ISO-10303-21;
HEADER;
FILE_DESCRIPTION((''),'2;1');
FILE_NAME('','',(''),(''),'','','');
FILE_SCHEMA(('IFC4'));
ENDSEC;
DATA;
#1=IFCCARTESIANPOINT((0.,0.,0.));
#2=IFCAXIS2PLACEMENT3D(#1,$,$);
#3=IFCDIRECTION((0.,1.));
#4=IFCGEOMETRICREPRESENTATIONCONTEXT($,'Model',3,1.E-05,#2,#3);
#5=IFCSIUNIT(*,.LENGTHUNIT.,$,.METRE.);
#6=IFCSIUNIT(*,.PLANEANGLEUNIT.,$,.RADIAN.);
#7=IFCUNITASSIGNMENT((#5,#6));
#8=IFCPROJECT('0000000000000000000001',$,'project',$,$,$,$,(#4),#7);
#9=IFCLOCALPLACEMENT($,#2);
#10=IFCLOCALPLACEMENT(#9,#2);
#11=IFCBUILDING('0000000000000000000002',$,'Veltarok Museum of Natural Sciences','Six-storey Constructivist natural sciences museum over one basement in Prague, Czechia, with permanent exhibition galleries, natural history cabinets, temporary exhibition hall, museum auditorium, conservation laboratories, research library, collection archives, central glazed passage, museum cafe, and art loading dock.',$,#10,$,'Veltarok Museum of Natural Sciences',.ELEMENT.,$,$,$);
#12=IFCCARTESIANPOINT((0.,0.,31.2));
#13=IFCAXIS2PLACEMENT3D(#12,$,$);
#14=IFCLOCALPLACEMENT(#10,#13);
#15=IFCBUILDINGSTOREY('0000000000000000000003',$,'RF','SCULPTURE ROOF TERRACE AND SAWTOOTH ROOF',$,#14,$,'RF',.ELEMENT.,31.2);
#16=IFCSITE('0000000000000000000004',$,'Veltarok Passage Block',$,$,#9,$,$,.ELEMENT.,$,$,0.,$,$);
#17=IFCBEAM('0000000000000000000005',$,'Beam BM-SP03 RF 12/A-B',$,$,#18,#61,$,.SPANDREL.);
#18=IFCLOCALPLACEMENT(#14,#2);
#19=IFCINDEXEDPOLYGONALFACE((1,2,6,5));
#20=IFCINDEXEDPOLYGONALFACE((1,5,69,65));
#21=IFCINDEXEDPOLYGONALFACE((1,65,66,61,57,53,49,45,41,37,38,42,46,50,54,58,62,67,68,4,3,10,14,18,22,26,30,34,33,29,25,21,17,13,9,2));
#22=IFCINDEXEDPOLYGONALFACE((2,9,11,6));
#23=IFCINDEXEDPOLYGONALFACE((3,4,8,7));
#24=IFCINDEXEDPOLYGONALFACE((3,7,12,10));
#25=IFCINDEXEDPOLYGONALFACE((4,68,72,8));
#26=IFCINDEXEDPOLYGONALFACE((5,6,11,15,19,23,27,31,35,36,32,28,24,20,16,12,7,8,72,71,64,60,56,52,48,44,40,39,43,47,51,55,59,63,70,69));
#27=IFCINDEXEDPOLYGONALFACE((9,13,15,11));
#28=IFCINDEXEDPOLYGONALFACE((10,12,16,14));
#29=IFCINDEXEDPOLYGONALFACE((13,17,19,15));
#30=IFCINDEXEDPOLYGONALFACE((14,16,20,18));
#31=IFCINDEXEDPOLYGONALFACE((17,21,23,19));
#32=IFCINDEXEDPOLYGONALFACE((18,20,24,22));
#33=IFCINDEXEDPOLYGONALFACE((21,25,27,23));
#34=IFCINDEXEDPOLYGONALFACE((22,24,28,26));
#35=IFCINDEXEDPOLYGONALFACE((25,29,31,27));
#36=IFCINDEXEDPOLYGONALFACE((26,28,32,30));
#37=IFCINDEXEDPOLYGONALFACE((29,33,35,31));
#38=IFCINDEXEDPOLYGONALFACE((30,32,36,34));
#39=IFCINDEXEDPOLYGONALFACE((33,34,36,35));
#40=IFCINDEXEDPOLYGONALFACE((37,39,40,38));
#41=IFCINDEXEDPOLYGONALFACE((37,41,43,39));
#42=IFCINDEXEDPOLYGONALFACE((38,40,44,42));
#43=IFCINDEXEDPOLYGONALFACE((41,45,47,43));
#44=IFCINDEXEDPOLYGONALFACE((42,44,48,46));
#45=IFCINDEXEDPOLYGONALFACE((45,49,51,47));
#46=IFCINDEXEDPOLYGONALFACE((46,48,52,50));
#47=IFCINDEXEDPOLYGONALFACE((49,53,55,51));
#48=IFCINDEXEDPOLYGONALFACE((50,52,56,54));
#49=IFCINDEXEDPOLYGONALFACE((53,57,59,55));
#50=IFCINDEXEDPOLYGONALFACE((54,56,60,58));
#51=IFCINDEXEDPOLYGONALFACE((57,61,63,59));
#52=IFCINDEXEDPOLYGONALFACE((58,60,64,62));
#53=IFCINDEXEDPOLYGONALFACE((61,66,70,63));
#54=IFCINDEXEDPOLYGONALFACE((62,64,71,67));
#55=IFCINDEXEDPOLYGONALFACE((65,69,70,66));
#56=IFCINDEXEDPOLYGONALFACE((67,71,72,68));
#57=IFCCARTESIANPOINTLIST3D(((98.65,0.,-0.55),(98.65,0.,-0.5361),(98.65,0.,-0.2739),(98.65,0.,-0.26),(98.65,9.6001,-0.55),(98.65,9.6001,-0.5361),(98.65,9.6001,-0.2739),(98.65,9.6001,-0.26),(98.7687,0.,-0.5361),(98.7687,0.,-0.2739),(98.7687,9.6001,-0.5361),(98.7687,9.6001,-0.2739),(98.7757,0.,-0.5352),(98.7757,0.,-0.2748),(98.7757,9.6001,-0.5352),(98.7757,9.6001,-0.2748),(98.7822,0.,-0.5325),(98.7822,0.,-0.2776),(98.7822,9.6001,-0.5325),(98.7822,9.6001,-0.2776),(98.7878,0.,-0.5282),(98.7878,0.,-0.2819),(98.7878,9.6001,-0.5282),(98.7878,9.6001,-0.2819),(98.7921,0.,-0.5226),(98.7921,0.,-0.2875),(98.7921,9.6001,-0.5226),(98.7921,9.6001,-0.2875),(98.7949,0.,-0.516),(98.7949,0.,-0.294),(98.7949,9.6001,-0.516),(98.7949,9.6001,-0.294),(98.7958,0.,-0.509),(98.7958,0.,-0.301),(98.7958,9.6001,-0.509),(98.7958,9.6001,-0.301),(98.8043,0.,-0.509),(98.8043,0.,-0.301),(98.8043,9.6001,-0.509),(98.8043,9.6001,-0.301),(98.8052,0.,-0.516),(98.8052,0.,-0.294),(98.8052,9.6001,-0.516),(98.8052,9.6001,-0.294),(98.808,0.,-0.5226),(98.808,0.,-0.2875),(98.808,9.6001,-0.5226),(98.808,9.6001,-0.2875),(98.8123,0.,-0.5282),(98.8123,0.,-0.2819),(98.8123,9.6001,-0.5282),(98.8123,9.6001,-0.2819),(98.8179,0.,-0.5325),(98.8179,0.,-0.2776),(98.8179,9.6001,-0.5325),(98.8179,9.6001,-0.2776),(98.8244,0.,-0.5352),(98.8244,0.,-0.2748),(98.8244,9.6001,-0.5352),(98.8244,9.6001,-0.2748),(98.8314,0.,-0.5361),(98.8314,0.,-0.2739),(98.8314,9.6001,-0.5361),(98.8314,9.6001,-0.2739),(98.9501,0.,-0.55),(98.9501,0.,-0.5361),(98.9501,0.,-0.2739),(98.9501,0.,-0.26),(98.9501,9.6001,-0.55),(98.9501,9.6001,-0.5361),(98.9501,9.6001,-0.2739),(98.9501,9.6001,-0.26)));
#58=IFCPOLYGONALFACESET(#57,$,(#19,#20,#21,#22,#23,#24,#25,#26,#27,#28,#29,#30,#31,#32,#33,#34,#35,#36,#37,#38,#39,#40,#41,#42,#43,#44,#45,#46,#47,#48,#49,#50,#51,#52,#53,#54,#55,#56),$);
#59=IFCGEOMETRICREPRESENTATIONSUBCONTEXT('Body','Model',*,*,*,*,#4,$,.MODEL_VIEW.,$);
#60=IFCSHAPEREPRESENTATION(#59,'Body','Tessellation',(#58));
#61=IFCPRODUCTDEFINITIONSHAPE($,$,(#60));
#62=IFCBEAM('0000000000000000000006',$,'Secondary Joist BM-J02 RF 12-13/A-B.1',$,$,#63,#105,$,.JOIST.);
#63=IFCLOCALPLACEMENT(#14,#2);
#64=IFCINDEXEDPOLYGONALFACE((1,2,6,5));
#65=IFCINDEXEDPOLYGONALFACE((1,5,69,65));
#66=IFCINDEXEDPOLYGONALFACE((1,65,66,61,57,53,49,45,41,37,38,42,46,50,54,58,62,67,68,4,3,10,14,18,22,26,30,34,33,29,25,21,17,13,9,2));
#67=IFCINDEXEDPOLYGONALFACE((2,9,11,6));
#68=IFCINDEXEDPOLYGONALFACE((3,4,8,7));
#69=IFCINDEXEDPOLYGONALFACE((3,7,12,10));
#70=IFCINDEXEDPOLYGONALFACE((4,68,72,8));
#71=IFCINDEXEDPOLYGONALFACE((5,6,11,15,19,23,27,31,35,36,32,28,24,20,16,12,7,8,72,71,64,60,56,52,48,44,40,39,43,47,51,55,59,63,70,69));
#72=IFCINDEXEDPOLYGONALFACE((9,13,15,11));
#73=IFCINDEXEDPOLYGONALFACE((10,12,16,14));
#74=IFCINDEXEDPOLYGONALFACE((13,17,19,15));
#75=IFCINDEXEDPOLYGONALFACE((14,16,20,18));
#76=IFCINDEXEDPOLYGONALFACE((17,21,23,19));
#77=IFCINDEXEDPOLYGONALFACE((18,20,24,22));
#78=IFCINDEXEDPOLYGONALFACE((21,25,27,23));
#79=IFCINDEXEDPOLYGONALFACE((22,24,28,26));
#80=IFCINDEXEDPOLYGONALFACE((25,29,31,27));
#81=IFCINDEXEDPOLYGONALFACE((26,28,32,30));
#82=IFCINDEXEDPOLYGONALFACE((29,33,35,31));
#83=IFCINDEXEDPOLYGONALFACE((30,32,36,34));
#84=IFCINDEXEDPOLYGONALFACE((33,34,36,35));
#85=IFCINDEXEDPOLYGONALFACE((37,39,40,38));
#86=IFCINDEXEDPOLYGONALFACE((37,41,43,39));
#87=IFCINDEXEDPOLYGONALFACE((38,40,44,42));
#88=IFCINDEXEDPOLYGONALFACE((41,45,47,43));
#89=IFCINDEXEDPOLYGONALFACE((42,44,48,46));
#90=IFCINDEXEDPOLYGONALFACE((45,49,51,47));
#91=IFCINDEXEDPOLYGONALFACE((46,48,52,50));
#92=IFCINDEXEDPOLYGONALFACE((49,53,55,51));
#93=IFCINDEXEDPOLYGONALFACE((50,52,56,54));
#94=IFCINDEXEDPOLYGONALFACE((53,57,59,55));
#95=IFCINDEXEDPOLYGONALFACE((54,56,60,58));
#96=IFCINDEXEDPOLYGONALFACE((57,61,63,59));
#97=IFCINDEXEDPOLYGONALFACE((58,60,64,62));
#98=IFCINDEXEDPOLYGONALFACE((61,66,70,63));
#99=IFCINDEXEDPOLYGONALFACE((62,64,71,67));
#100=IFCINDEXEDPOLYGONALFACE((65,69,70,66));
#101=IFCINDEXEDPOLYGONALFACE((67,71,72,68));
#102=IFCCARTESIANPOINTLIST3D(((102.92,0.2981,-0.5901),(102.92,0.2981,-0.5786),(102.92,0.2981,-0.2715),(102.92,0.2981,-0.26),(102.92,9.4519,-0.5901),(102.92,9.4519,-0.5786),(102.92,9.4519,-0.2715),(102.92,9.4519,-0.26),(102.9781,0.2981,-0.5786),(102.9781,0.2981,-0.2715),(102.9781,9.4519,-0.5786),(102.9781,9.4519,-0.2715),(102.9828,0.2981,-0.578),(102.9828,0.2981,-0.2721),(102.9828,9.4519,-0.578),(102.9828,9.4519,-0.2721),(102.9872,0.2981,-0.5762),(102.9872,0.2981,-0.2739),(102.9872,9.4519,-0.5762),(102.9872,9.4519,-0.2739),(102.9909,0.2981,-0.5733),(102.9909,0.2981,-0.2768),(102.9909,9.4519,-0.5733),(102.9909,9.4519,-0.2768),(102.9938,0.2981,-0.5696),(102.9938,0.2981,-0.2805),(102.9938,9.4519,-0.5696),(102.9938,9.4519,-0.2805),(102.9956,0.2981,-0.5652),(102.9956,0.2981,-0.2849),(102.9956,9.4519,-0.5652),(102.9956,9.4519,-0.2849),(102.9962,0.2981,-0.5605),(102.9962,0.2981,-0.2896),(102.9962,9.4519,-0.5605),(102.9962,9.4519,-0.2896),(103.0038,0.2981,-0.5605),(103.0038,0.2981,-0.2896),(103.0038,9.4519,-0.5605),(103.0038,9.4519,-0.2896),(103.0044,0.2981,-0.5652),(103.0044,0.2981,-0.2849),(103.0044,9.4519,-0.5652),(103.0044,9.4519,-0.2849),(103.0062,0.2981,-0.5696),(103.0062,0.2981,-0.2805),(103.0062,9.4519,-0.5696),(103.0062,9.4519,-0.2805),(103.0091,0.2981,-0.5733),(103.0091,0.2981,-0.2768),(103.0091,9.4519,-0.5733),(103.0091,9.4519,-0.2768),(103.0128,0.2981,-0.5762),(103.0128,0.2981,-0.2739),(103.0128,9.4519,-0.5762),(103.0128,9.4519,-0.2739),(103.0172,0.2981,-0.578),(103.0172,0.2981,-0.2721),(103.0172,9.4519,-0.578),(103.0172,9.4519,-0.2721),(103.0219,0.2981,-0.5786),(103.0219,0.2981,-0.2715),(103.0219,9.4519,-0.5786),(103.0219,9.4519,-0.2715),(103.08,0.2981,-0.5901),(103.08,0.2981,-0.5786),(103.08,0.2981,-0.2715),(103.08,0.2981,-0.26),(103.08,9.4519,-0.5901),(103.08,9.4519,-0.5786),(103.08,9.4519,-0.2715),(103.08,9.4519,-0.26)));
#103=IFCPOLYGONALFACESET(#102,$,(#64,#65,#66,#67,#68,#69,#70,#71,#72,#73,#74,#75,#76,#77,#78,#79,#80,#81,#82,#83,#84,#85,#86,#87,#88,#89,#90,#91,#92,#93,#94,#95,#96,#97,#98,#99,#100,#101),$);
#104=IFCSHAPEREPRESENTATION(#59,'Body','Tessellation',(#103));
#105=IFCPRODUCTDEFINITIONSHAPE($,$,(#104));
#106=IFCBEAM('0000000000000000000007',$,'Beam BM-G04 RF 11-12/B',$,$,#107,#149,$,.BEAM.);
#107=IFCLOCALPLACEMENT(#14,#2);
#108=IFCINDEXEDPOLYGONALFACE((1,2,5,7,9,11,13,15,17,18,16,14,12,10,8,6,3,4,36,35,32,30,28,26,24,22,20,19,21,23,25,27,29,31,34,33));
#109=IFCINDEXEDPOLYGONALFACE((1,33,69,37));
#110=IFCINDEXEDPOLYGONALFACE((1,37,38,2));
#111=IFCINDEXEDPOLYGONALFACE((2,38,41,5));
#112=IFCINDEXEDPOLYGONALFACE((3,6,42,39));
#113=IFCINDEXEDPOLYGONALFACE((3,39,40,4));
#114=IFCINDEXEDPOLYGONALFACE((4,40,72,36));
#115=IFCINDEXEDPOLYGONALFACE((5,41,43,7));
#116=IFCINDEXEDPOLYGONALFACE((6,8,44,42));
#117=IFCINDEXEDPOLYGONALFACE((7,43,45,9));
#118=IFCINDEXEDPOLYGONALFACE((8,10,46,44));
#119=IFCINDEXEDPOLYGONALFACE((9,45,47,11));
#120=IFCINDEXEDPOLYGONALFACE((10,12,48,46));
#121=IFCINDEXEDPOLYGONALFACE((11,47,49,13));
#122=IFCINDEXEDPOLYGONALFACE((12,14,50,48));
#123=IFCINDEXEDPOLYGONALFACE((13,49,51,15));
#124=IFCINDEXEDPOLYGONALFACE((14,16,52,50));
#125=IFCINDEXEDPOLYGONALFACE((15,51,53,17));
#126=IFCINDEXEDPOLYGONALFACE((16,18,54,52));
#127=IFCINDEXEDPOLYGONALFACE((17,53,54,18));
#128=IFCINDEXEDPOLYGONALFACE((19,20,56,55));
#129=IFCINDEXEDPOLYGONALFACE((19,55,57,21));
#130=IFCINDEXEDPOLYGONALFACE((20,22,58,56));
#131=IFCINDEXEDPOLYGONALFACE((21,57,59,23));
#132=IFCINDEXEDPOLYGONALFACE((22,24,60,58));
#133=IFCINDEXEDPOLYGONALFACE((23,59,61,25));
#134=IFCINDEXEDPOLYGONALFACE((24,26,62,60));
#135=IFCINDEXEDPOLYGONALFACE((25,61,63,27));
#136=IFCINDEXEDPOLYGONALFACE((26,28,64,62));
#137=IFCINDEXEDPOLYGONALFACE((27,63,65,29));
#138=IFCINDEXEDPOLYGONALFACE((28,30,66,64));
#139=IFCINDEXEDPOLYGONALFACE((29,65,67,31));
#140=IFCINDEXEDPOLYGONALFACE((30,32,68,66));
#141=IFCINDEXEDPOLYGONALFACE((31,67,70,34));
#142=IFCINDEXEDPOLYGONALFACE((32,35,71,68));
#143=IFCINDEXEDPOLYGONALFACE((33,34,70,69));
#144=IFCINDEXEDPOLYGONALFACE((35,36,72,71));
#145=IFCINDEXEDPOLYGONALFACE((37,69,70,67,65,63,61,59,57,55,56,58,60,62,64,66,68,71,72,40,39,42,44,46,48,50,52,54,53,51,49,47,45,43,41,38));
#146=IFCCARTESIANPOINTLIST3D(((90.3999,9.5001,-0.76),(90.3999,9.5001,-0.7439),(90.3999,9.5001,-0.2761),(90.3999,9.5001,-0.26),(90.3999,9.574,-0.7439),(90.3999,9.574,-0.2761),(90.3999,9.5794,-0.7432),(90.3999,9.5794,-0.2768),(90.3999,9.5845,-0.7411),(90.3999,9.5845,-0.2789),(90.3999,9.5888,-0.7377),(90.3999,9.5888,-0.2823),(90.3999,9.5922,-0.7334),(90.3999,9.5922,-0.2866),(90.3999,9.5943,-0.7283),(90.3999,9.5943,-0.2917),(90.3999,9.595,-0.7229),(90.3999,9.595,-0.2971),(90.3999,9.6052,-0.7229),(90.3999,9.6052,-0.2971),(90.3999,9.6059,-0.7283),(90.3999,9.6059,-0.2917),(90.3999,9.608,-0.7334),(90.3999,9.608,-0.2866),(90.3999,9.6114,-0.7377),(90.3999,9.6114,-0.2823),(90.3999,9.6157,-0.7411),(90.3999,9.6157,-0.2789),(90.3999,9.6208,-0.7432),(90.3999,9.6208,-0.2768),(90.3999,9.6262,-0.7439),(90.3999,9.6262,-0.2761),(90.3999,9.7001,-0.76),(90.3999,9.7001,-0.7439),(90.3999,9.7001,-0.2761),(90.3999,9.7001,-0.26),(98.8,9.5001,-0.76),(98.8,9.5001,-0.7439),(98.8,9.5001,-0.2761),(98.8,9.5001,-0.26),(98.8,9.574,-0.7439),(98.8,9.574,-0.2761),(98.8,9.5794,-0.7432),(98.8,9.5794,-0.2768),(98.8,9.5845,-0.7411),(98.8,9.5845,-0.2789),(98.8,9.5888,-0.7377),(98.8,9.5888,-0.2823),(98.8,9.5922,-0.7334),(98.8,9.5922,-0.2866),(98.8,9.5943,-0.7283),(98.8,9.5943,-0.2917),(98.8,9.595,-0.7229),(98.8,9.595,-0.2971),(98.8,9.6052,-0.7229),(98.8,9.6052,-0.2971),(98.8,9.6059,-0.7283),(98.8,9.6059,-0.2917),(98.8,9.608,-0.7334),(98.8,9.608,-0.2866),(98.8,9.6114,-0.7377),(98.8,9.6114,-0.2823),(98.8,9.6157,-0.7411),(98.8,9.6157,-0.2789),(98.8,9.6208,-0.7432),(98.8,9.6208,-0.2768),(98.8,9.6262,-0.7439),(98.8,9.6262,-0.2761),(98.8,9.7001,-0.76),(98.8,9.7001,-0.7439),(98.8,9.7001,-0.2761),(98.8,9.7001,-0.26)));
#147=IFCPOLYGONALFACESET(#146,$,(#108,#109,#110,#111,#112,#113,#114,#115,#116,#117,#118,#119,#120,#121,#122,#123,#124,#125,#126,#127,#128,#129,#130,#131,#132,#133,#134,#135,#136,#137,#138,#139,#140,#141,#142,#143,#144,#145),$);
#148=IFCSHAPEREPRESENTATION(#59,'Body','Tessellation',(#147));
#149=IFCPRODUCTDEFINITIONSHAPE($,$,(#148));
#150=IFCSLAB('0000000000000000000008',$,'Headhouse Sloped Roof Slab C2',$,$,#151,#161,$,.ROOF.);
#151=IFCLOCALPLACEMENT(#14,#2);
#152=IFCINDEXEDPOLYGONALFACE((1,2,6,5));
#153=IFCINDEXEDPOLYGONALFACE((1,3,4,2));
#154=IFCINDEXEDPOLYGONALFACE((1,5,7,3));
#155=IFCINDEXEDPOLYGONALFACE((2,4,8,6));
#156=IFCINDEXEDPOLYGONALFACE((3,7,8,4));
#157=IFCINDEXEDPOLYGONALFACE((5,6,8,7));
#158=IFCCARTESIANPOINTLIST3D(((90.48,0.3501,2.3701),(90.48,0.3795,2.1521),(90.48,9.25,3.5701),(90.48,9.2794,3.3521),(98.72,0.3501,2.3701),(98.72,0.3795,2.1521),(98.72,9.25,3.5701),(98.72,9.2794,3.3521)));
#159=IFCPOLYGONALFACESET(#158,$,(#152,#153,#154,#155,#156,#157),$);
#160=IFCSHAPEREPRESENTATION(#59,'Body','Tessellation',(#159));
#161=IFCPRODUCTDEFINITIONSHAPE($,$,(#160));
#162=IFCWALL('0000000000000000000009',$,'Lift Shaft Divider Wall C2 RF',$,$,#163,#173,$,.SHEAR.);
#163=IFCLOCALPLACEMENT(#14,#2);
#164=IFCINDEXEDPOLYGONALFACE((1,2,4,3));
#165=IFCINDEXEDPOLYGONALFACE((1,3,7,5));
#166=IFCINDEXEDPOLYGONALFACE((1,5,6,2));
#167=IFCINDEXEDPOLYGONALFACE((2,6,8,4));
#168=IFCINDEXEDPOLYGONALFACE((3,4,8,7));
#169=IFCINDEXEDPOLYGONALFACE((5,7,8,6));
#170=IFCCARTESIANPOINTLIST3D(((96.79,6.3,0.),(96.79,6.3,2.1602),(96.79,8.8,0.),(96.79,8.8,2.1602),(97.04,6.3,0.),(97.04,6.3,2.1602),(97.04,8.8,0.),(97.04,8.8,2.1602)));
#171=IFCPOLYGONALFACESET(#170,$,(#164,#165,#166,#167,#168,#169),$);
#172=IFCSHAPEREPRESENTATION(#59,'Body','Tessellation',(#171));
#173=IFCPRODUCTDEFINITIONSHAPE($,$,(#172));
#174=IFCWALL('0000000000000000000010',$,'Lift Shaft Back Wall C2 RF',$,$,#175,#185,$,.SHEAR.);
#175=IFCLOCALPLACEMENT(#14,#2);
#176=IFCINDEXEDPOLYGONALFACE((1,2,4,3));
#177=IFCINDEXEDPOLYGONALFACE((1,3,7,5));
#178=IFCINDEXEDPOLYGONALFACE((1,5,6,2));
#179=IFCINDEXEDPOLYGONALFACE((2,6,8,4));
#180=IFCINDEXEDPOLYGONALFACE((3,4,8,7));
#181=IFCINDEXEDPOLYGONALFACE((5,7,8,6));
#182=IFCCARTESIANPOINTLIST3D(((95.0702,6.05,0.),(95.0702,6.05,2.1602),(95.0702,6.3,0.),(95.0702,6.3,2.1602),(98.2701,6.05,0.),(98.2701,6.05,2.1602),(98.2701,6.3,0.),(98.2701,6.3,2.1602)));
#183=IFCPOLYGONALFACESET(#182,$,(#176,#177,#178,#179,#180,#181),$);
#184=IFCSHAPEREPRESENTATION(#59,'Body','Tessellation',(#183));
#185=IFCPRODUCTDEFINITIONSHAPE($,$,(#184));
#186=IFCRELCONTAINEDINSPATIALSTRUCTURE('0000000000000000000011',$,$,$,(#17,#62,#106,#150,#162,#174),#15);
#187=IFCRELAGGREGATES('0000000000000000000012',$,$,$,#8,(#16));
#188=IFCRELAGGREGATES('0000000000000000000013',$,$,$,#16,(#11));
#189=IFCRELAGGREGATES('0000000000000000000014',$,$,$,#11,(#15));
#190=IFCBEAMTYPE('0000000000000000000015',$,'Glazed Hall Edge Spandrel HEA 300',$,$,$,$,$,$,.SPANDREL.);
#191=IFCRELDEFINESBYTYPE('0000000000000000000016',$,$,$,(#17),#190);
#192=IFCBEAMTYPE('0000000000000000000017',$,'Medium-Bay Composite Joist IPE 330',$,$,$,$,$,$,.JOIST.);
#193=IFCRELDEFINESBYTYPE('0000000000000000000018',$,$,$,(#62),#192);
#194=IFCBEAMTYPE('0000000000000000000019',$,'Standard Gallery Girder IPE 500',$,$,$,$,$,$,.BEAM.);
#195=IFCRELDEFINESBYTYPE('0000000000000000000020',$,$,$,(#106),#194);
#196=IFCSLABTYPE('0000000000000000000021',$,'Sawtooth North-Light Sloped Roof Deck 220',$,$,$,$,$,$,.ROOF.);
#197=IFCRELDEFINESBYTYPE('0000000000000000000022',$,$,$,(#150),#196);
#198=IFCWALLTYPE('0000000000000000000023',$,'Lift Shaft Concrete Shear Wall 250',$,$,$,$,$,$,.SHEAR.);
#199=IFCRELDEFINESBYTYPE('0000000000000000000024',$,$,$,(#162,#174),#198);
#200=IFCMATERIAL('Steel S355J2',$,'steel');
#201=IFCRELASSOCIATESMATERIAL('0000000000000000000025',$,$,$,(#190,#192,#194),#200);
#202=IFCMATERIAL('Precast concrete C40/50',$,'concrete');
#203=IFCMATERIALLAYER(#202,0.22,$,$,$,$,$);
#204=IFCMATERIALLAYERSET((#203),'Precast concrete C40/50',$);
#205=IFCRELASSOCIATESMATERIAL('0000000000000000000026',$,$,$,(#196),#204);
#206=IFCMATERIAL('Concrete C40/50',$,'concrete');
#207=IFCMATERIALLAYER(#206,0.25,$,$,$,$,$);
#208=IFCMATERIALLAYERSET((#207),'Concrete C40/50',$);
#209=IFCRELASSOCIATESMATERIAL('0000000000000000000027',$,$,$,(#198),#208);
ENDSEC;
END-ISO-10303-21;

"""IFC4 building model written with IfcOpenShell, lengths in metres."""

from ifc_helpers import new_model, si_unit, direction, frame, frame_2d, origin, origin_2d, place, context, subcontext, project, spatial, polyline, rectangle, i_section, outline, extrude, material, layer, layer_set, material_profile, profile_set, type_object, element, save


model = new_model("IFC4")

# Units and contexts
model_context = context("Model", 3, precision=1e-05, world=origin(), true_north=direction((0.0, 1.0)))
body_context = subcontext(model_context, "Body", "Model", "MODEL_VIEW")
ifc_project = project(units=[si_unit("LENGTHUNIT", "METRE"), si_unit("PLANEANGLEUNIT", "RADIAN")], contexts=[model_context])

# Site, building, storey
site_placement = place(None, origin())
site = spatial("IfcSite", under=ifc_project, at=site_placement, Name="Veltarok Passage Block", CompositionType="ELEMENT", RefElevation=0.0)
building_placement = place(site_placement, origin())
building = spatial("IfcBuilding", under=site, at=building_placement, Name="Veltarok Museum of Natural Sciences", Description="Six-storey Constructivist natural sciences museum over one basement in Prague, Czechia, with permanent exhibition galleries, natural history cabinets, temporary exhibition hall, museum auditorium, conservation laboratories, research library, collection archives, central glazed passage, museum cafe, and art loading dock.", LongName="Veltarok Museum of Natural Sciences", CompositionType="ELEMENT")
storey_placement = place(building_placement, frame((0.0, 0.0, 31.2)))
storey = spatial("IfcBuildingStorey", under=building, at=storey_placement, Name="RF", Description="SCULPTURE ROOF TERRACE AND SAWTOOTH ROOF", LongName="RF", CompositionType="ELEMENT", Elevation=31.2)

# Beams
ifc_material_1 = material(Name="Precast concrete C40/50", Category="concrete")
ifc_material_2 = material(Name="Concrete C40/50", Category="concrete")
ifc_material_3 = material(Name="Steel S355J2", Category="steel")
ifc_material_profile_1 = material_profile(ifc_material_3, i_section(OverallWidth=0.3, OverallDepth=0.29, WebThickness=0.0085, FlangeThickness=0.0139, FilletRadius=0.0271, at=origin_2d()), Name="HEA 300")
ifc_profile_set_1 = profile_set([ifc_material_profile_1], Name="Steel S355J2")
beam_type_1 = type_object("IfcBeamType", Name="Glazed Hall Edge Spandrel HEA 300", PredefinedType="SPANDREL", material=ifc_profile_set_1)
beam_1_placement = place(storey_placement, frame((98.8, 0.0, -0.405), z_axis=(0.0, 1.0, 0.0), x_axis=(-1.0, 0.0, 0.0)))
element("IfcBeam", 1, at=beam_1_placement, inside=storey, type_object=beam_type_1, Name="Beam BM-SP03 RF 12/A-B", PredefinedType="SPANDREL", context=body_context, shape_type="SweptSolid", body=[
    extrude(i_section(OverallWidth=0.3, OverallDepth=0.29, WebThickness=0.0085, FlangeThickness=0.0139, FilletRadius=0.0271, at=origin_2d()), origin(), (0.0, 0.0, 1.0), 9.6001),
])
ifc_material_profile_2 = material_profile(ifc_material_3, i_section(OverallWidth=0.1599, OverallDepth=0.3301, WebThickness=0.0076, FlangeThickness=0.0115, FilletRadius=0.0181, at=origin_2d()), Name="IPE 330")
ifc_profile_set_2 = profile_set([ifc_material_profile_2], Name="Steel S355J2")
beam_type_2 = type_object("IfcBeamType", Name="Medium-Bay Composite Joist IPE 330", PredefinedType="JOIST", material=ifc_profile_set_2)
beam_2_placement = place(storey_placement, frame((103.0, 0.2981, -0.425), z_axis=(0.0, 1.0, 0.0), x_axis=(-1.0, 0.0, 0.0)))
element("IfcBeam", 2, at=beam_2_placement, inside=storey, type_object=beam_type_2, Name="Secondary Joist BM-J02 RF 12-13/A-B.1", PredefinedType="JOIST", context=body_context, shape_type="SweptSolid", body=[
    extrude(i_section(OverallWidth=0.1599, OverallDepth=0.3301, WebThickness=0.0076, FlangeThickness=0.0115, FilletRadius=0.0181, at=origin_2d()), origin(), (0.0, 0.0, 1.0), 9.1538),
])
ifc_material_profile_3 = material_profile(ifc_material_3, i_section(OverallWidth=0.2, OverallDepth=0.5, WebThickness=0.0103, FlangeThickness=0.0161, FilletRadius=0.021, at=origin_2d()), Name="IPE 500")
ifc_profile_set_3 = profile_set([ifc_material_profile_3], Name="Steel S355J2")
beam_type_3 = type_object("IfcBeamType", Name="Standard Gallery Girder IPE 500", PredefinedType="BEAM", material=ifc_profile_set_3)
beam_3_placement = place(storey_placement, frame((90.3999, 9.6001, -0.51), z_axis=(1.0, 0.0, 0.0), x_axis=(0.0, 1.0, 0.0)))
element("IfcBeam", 3, at=beam_3_placement, inside=storey, type_object=beam_type_3, Name="Beam BM-G04 RF 11-12/B", PredefinedType="BEAM", context=body_context, shape_type="SweptSolid", body=[
    extrude(i_section(OverallWidth=0.2, OverallDepth=0.5, WebThickness=0.0103, FlangeThickness=0.0161, FilletRadius=0.021, at=origin_2d()), origin(), (0.0, 0.0, 1.0), 8.4001),
])

# Slab
ifc_layer_1 = layer(ifc_material_1, 0.22)
ifc_layer_set_1 = layer_set([ifc_layer_1], Name="Precast concrete C40/50")
slab_type = type_object("IfcSlabType", Name="Sawtooth North-Light Sloped Roof Deck 220", PredefinedType="ROOF", material=ifc_layer_set_1)
slab_placement = place(storey_placement, frame((90.48, 0.3501, 2.3701), z_axis=(0.0, -0.133618, 0.991033), x_axis=(1.0, 0.0, 0.0)))
element("IfcSlab", 4, at=slab_placement, inside=storey, type_object=slab_type, Name="Headhouse Sloped Roof Slab C2", PredefinedType="ROOF", context=body_context, shape_type="SweptSolid", body=[
    extrude(outline(polyline([(0.0, 0.0), (8.24, 0.0), (8.24, 8.9804), (0.0, 8.9804), (0.0, 0.0)])), origin(), (0.0, 0.0, -1.0), 0.22),
])

# Walls
ifc_layer_2 = layer(ifc_material_2, 0.25)
ifc_layer_set_2 = layer_set([ifc_layer_2], Name="Concrete C40/50")
wall_type_1 = type_object("IfcWallType", Name="Lift Shaft Concrete Shear Wall 250", PredefinedType="SHEAR", material=ifc_layer_set_2)
wall_1_placement = place(storey_placement, frame((96.915, 6.3, 0.0), z_axis=(0.0, 0.0, 1.0), x_axis=(0.0, 1.0, 0.0)))
element("IfcWall", 5, at=wall_1_placement, inside=storey, type_object=wall_type_1, Name="Lift Shaft Divider Wall C2 RF", PredefinedType="SHEAR", context=body_context, shape_type="SweptSolid", body=[
    extrude(rectangle(XDim=2.5, YDim=0.25, at=frame_2d((1.25, 0.0))), origin(), (0.0, 0.0, 1.0), 2.1602),
])
wall_2_placement = place(storey_placement, frame((95.0701, 6.175, 0.0), z_axis=(0.0, 0.0, 1.0), x_axis=(1.0, 0.0, 0.0)))
element("IfcWall", 6, at=wall_2_placement, inside=storey, type_object=wall_type_1, Name="Lift Shaft Back Wall C2 RF", PredefinedType="SHEAR", context=body_context, shape_type="SweptSolid", body=[
    extrude(rectangle(XDim=3.2, YDim=0.25, at=frame_2d((1.6001, 0.0))), origin(), (0.0, 0.0, 1.0), 2.1602),
])

save(model, "model.ifc")
